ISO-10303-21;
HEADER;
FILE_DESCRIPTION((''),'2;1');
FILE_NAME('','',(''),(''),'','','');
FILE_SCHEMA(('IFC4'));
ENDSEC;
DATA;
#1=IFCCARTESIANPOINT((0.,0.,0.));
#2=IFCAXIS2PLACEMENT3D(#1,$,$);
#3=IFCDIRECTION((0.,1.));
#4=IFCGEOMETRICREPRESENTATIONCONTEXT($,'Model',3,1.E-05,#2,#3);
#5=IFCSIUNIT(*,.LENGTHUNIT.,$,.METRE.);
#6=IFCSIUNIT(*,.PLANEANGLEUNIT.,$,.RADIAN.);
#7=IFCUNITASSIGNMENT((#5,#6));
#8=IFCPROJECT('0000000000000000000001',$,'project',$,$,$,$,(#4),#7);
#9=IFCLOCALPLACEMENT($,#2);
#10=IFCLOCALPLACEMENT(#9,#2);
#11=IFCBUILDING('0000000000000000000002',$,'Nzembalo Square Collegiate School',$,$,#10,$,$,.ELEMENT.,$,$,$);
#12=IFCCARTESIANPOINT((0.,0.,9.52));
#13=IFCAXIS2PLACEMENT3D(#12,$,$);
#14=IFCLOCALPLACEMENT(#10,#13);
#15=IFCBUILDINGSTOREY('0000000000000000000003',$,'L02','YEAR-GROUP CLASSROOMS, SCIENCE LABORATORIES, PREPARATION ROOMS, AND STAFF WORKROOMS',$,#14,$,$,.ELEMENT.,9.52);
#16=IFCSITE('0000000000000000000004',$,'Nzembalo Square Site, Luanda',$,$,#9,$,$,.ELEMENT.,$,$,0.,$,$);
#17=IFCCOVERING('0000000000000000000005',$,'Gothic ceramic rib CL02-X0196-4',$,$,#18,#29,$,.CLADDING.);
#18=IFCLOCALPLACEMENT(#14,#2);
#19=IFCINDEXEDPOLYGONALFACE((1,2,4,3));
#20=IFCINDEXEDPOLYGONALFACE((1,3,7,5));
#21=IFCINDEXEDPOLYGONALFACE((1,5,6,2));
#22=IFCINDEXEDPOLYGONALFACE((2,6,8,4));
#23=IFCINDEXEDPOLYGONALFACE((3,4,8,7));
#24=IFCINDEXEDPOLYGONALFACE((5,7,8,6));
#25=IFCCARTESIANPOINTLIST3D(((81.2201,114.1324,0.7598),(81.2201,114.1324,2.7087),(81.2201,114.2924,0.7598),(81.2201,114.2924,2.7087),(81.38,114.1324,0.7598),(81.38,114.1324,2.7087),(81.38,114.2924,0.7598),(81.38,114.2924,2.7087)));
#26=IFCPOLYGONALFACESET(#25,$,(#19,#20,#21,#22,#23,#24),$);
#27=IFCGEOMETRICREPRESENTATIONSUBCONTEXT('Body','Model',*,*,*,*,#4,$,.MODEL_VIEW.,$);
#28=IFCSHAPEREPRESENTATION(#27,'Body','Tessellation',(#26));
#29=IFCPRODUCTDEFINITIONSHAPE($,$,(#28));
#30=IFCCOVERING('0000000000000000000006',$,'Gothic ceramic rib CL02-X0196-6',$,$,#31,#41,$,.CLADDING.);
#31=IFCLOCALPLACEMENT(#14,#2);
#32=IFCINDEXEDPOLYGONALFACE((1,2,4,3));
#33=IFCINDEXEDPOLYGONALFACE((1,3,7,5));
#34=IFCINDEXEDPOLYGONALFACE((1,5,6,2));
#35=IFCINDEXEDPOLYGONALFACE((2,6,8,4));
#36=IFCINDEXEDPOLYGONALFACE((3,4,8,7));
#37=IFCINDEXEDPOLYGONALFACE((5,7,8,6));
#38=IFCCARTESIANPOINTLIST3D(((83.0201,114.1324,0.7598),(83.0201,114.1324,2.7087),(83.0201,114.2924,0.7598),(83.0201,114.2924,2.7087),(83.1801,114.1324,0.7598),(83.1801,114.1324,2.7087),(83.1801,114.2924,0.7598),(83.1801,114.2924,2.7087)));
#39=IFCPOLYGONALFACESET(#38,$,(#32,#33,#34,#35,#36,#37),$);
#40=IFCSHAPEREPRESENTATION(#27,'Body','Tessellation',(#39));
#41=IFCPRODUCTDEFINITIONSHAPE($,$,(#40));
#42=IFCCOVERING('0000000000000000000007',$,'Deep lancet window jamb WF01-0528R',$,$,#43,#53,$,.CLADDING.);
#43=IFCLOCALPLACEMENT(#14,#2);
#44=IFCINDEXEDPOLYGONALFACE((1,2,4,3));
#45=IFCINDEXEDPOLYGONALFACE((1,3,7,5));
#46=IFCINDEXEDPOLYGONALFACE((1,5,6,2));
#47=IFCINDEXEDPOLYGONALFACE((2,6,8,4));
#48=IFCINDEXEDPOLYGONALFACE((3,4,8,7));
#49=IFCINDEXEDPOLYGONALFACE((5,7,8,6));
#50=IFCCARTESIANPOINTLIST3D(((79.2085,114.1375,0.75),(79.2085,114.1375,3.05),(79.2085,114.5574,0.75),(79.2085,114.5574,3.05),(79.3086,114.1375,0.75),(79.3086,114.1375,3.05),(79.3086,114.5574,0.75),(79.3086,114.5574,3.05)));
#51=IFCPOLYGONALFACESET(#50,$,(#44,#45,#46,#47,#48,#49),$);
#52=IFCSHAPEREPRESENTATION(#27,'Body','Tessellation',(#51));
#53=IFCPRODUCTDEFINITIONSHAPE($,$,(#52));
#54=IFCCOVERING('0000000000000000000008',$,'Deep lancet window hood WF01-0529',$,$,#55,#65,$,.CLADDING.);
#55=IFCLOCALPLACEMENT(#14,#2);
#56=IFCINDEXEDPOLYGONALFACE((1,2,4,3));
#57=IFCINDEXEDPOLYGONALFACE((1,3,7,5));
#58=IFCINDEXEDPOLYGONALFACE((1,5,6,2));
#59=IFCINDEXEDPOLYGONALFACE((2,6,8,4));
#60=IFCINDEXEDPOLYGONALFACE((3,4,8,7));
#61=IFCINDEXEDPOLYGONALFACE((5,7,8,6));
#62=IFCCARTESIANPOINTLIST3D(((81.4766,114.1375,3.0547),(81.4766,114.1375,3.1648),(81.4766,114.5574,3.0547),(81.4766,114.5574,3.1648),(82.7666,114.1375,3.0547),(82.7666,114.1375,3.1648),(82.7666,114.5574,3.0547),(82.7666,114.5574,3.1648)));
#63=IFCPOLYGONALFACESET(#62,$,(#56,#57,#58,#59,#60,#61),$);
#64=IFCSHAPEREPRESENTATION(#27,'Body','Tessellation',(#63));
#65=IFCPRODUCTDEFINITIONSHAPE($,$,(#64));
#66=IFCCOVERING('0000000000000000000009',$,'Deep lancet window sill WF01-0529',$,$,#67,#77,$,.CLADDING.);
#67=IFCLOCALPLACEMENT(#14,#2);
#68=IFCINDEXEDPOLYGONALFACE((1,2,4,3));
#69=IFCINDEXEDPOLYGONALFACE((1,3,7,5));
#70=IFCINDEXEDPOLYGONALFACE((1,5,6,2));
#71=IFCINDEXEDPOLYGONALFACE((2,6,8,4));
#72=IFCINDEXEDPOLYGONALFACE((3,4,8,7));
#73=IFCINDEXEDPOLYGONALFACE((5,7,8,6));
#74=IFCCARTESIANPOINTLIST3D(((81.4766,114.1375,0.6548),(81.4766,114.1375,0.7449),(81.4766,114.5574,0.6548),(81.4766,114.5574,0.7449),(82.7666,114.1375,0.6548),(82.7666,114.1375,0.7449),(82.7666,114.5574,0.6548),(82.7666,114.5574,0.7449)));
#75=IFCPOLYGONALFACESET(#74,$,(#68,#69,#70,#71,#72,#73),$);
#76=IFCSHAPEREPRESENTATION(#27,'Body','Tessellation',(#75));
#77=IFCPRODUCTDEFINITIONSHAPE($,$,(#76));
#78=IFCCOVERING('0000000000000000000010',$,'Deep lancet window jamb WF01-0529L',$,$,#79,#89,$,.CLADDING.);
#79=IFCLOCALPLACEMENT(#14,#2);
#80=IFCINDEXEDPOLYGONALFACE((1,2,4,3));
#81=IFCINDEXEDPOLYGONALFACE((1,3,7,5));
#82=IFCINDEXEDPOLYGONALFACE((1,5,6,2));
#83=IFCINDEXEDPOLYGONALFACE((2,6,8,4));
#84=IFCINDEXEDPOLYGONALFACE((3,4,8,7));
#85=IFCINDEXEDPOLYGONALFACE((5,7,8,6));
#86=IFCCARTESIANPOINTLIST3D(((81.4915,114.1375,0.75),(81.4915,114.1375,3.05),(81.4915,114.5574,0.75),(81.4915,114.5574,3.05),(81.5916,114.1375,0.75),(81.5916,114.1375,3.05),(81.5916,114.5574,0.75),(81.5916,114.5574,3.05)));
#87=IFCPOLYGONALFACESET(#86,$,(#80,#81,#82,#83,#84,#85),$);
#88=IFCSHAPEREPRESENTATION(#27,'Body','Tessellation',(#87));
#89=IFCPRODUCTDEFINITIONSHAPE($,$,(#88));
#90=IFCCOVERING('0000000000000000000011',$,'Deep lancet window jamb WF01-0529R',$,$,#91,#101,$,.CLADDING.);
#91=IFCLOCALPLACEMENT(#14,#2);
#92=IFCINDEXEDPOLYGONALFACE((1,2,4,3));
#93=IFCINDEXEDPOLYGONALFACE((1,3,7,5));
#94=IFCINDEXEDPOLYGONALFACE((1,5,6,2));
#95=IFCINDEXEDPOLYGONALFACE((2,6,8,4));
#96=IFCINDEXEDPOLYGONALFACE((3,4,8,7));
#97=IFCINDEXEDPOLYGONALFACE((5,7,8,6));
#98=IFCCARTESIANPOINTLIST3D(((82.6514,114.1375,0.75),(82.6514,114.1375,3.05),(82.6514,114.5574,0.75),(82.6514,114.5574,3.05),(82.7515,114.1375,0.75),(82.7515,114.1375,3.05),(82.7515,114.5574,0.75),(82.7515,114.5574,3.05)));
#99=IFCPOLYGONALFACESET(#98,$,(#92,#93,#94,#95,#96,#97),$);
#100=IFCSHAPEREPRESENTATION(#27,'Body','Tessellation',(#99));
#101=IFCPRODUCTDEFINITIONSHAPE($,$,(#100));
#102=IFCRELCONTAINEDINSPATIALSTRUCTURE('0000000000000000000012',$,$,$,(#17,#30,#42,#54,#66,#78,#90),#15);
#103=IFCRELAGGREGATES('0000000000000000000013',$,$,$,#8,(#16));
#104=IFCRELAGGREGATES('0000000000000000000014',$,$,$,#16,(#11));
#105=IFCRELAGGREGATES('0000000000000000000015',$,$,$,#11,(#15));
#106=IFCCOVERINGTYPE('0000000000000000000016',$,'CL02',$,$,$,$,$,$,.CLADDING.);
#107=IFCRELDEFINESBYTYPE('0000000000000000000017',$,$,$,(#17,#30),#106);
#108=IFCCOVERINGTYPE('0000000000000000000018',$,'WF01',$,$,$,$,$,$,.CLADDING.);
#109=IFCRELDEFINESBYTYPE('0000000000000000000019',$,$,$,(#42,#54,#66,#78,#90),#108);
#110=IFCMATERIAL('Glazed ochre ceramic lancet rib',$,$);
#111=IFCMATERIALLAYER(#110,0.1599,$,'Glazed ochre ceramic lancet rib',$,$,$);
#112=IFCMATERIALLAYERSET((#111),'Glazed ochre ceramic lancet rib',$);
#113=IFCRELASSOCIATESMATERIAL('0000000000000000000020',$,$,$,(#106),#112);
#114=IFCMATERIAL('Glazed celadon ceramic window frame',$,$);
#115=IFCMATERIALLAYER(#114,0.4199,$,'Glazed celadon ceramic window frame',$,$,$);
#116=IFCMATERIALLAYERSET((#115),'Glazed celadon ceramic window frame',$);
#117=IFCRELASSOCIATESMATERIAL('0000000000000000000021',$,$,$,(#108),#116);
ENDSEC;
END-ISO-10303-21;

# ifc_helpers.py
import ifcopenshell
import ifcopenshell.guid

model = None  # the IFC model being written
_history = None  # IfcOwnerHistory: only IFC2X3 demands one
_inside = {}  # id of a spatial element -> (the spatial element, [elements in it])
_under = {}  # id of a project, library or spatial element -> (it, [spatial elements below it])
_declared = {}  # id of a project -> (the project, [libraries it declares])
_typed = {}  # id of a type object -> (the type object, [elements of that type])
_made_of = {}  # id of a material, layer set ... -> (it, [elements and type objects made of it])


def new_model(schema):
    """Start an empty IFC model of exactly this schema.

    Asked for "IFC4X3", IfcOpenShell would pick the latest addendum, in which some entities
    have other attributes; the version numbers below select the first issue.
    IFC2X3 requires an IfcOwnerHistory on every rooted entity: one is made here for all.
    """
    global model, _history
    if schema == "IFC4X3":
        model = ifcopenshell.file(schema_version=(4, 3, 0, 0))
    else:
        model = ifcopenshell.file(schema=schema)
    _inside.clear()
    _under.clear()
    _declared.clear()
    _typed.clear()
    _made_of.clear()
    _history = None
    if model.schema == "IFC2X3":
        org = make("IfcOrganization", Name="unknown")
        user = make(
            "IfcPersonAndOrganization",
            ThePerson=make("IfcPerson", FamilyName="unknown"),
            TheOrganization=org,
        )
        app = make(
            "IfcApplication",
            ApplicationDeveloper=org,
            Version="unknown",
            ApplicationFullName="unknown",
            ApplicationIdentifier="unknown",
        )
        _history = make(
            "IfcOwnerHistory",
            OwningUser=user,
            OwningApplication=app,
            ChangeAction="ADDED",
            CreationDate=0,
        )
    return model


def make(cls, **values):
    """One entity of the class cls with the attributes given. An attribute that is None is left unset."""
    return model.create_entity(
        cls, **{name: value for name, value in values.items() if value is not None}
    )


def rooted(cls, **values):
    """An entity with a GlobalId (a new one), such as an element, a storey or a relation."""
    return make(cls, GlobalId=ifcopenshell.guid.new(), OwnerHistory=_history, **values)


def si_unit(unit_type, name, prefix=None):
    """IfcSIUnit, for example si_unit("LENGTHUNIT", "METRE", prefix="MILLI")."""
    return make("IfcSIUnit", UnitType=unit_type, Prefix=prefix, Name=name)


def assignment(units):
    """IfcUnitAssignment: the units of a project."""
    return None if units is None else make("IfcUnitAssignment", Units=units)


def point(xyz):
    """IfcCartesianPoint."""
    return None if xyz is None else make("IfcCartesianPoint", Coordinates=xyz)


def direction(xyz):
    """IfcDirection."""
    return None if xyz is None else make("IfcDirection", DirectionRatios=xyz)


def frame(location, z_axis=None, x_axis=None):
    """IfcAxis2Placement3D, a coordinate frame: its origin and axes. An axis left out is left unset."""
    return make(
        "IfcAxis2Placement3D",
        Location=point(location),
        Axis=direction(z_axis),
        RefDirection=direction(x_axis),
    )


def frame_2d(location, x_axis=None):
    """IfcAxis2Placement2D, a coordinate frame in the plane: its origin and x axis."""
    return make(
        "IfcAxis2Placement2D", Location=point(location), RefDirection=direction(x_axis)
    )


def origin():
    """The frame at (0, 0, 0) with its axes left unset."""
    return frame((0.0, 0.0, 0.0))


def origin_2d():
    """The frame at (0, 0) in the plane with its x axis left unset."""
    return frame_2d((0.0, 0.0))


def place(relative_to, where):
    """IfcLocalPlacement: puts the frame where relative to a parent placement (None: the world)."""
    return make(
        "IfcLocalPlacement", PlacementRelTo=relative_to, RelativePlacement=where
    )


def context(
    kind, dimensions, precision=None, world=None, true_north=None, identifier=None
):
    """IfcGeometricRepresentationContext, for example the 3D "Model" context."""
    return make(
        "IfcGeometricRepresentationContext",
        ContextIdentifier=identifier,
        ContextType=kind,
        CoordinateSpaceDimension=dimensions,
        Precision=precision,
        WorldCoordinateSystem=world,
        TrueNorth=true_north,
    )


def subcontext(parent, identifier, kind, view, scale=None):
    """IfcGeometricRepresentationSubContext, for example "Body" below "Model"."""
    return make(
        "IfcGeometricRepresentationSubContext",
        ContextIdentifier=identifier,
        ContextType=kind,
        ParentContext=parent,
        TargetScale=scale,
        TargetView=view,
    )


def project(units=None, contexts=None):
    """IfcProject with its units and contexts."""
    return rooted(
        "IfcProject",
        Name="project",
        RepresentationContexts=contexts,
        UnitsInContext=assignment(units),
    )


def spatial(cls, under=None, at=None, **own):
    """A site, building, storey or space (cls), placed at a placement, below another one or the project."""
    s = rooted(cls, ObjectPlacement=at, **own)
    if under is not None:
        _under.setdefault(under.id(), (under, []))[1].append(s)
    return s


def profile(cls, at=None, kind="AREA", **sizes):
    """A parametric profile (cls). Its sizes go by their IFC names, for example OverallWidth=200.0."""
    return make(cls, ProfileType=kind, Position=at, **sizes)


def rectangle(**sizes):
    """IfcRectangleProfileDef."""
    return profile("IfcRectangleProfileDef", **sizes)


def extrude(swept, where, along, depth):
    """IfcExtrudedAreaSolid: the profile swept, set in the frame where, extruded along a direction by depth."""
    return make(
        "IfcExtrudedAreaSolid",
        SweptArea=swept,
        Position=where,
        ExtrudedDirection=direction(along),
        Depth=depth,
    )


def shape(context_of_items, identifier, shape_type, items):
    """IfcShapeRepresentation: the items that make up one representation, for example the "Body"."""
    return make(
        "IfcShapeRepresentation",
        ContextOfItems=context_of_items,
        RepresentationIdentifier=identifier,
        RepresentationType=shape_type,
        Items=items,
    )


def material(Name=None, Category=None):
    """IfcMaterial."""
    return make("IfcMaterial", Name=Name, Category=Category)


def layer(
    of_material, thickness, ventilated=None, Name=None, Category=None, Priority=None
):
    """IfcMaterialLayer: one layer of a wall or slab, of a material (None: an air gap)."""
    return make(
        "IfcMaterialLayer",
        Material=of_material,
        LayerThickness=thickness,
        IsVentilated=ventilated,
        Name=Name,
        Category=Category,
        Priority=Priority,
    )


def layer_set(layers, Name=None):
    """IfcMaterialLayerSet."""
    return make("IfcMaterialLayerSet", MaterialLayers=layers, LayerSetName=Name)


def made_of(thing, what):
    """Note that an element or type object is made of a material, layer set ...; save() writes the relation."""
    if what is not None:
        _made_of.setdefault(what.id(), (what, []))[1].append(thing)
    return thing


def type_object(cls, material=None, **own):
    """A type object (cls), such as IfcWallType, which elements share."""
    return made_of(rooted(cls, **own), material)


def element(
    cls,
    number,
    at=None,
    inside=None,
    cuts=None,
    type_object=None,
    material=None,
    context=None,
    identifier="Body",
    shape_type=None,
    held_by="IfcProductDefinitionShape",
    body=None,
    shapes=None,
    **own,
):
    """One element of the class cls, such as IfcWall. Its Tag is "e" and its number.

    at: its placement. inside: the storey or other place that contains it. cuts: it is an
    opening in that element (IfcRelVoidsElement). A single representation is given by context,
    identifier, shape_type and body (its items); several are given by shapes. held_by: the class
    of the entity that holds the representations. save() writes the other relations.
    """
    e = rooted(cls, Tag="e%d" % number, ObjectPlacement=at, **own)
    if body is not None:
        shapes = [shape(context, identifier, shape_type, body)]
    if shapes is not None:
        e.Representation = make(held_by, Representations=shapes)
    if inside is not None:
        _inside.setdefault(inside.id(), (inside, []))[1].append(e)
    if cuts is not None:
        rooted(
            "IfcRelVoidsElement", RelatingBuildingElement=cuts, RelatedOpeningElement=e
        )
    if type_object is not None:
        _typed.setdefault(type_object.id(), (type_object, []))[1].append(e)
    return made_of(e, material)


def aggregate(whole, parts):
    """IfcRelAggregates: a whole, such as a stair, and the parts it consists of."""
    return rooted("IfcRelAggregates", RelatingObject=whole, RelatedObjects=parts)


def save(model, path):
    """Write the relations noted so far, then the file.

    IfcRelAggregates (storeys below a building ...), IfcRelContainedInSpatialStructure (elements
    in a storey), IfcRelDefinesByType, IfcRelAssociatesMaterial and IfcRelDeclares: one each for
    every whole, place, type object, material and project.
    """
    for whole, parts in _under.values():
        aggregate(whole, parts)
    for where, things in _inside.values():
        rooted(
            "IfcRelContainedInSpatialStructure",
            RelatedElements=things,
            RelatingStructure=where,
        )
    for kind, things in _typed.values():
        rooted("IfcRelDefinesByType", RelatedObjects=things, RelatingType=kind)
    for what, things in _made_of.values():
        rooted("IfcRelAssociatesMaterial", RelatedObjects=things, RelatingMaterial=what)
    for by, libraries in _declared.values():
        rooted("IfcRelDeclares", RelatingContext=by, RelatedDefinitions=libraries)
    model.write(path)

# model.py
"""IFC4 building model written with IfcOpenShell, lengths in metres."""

from ifc_helpers import new_model, si_unit, direction, frame, origin, origin_2d, place, context, subcontext, project, spatial, rectangle, extrude, material, layer, layer_set, type_object, element, save


model = new_model("IFC4")

# Units and contexts
model_context = context("Model", 3, precision=1e-05, world=origin(), true_north=direction((0.0, 1.0)))
body_context = subcontext(model_context, "Body", "Model", "MODEL_VIEW")
ifc_project = project(units=[si_unit("LENGTHUNIT", "METRE"), si_unit("PLANEANGLEUNIT", "RADIAN")], contexts=[model_context])

# Site, building, storey
site_placement = place(None, origin())
site = spatial("IfcSite", under=ifc_project, at=site_placement, Name="Nzembalo Square Site, Luanda", CompositionType="ELEMENT", RefElevation=0.0)
building_placement = place(site_placement, origin())
building = spatial("IfcBuilding", under=site, at=building_placement, Name="Nzembalo Square Collegiate School", CompositionType="ELEMENT")
storey_placement = place(building_placement, frame((0.0, 0.0, 9.52)))
storey = spatial("IfcBuildingStorey", under=building, at=storey_placement, Name="L02", Description="YEAR-GROUP CLASSROOMS, SCIENCE LABORATORIES, PREPARATION ROOMS, AND STAFF WORKROOMS", CompositionType="ELEMENT", Elevation=9.52)

# Coverings
ifc_material_1 = material(Name="Glazed ochre ceramic lancet rib")
ifc_layer_1 = layer(ifc_material_1, 0.1599, Name="Glazed ochre ceramic lancet rib")
ifc_layer_set_1 = layer_set([ifc_layer_1], Name="Glazed ochre ceramic lancet rib")
covering_type_1 = type_object("IfcCoveringType", Name="CL02", PredefinedType="CLADDING", material=ifc_layer_set_1)
for number, where, z_axis, x_axis, name in (
    (1, (81.3, 114.2124, 0.7598), (0.0, 0.0, 1.0), (1.0, 0.0, 0.0), "Gothic ceramic rib CL02-X0196-4"),
    (2, (83.1001, 114.2124, 0.7598), (0.0, 0.0, 1.0), (1.0, 0.0, 0.0), "Gothic ceramic rib CL02-X0196-6"),
):
    element("IfcCovering", number, at=place(storey_placement, frame(where, z_axis=z_axis, x_axis=x_axis)), inside=storey, type_object=covering_type_1, Name=name, PredefinedType="CLADDING", context=body_context, shape_type="SweptSolid", body=[
        extrude(rectangle(XDim=0.1599, YDim=0.1599, at=origin_2d()), origin(), (0.0, 0.0, 1.0), 1.949),
    ])
ifc_material_2 = material(Name="Glazed celadon ceramic window frame")
ifc_layer_2 = layer(ifc_material_2, 0.4199, Name="Glazed celadon ceramic window frame")
ifc_layer_set_2 = layer_set([ifc_layer_2], Name="Glazed celadon ceramic window frame")
covering_type_2 = type_object("IfcCoveringType", Name="WF01", PredefinedType="CLADDING", material=ifc_layer_set_2)
covering_1_placement = place(storey_placement, frame((79.2585, 114.3474, 0.75), z_axis=(0.0, 0.0, 1.0), x_axis=(1.0, 0.0, 0.0)))
element("IfcCovering", 3, at=covering_1_placement, inside=storey, type_object=covering_type_2, Name="Deep lancet window jamb WF01-0528R", PredefinedType="CLADDING", context=body_context, shape_type="SweptSolid", body=[
    extrude(rectangle(XDim=0.1001, YDim=0.4199, at=origin_2d()), origin(), (0.0, 0.0, 1.0), 2.3),
])
covering_2_placement = place(storey_placement, frame((82.1216, 114.3474, 3.0547), z_axis=(0.0, 0.0, 1.0), x_axis=(1.0, 0.0, 0.0)))
element("IfcCovering", 4, at=covering_2_placement, inside=storey, type_object=covering_type_2, Name="Deep lancet window hood WF01-0529", PredefinedType="CLADDING", context=body_context, shape_type="SweptSolid", body=[
    extrude(rectangle(XDim=1.29, YDim=0.4199, at=origin_2d()), origin(), (0.0, 0.0, 1.0), 0.1101),
])
covering_3_placement = place(storey_placement, frame((82.1216, 114.3474, 0.6548), z_axis=(0.0, 0.0, 1.0), x_axis=(1.0, 0.0, 0.0)))
element("IfcCovering", 5, at=covering_3_placement, inside=storey, type_object=covering_type_2, Name="Deep lancet window sill WF01-0529", PredefinedType="CLADDING", context=body_context, shape_type="SweptSolid", body=[
    extrude(rectangle(XDim=1.29, YDim=0.4199, at=origin_2d()), origin(), (0.0, 0.0, 1.0), 0.0901),
])
for number, where, z_axis, x_axis, name in (
    (6, (81.5415, 114.3474, 0.75), (0.0, 0.0, 1.0), (1.0, 0.0, 0.0), "Deep lancet window jamb WF01-0529L"),
    (7, (82.7014, 114.3474, 0.75), (0.0, 0.0, 1.0), (1.0, 0.0, 0.0), "Deep lancet window jamb WF01-0529R"),
):
    element("IfcCovering", number, at=place(storey_placement, frame(where, z_axis=z_axis, x_axis=x_axis)), inside=storey, type_object=covering_type_2, Name=name, PredefinedType="CLADDING", context=body_context, shape_type="SweptSolid", body=[
        extrude(rectangle(XDim=0.1001, YDim=0.4199, at=origin_2d()), origin(), (0.0, 0.0, 1.0), 2.3),
    ])

save(model, "model.ifc")
